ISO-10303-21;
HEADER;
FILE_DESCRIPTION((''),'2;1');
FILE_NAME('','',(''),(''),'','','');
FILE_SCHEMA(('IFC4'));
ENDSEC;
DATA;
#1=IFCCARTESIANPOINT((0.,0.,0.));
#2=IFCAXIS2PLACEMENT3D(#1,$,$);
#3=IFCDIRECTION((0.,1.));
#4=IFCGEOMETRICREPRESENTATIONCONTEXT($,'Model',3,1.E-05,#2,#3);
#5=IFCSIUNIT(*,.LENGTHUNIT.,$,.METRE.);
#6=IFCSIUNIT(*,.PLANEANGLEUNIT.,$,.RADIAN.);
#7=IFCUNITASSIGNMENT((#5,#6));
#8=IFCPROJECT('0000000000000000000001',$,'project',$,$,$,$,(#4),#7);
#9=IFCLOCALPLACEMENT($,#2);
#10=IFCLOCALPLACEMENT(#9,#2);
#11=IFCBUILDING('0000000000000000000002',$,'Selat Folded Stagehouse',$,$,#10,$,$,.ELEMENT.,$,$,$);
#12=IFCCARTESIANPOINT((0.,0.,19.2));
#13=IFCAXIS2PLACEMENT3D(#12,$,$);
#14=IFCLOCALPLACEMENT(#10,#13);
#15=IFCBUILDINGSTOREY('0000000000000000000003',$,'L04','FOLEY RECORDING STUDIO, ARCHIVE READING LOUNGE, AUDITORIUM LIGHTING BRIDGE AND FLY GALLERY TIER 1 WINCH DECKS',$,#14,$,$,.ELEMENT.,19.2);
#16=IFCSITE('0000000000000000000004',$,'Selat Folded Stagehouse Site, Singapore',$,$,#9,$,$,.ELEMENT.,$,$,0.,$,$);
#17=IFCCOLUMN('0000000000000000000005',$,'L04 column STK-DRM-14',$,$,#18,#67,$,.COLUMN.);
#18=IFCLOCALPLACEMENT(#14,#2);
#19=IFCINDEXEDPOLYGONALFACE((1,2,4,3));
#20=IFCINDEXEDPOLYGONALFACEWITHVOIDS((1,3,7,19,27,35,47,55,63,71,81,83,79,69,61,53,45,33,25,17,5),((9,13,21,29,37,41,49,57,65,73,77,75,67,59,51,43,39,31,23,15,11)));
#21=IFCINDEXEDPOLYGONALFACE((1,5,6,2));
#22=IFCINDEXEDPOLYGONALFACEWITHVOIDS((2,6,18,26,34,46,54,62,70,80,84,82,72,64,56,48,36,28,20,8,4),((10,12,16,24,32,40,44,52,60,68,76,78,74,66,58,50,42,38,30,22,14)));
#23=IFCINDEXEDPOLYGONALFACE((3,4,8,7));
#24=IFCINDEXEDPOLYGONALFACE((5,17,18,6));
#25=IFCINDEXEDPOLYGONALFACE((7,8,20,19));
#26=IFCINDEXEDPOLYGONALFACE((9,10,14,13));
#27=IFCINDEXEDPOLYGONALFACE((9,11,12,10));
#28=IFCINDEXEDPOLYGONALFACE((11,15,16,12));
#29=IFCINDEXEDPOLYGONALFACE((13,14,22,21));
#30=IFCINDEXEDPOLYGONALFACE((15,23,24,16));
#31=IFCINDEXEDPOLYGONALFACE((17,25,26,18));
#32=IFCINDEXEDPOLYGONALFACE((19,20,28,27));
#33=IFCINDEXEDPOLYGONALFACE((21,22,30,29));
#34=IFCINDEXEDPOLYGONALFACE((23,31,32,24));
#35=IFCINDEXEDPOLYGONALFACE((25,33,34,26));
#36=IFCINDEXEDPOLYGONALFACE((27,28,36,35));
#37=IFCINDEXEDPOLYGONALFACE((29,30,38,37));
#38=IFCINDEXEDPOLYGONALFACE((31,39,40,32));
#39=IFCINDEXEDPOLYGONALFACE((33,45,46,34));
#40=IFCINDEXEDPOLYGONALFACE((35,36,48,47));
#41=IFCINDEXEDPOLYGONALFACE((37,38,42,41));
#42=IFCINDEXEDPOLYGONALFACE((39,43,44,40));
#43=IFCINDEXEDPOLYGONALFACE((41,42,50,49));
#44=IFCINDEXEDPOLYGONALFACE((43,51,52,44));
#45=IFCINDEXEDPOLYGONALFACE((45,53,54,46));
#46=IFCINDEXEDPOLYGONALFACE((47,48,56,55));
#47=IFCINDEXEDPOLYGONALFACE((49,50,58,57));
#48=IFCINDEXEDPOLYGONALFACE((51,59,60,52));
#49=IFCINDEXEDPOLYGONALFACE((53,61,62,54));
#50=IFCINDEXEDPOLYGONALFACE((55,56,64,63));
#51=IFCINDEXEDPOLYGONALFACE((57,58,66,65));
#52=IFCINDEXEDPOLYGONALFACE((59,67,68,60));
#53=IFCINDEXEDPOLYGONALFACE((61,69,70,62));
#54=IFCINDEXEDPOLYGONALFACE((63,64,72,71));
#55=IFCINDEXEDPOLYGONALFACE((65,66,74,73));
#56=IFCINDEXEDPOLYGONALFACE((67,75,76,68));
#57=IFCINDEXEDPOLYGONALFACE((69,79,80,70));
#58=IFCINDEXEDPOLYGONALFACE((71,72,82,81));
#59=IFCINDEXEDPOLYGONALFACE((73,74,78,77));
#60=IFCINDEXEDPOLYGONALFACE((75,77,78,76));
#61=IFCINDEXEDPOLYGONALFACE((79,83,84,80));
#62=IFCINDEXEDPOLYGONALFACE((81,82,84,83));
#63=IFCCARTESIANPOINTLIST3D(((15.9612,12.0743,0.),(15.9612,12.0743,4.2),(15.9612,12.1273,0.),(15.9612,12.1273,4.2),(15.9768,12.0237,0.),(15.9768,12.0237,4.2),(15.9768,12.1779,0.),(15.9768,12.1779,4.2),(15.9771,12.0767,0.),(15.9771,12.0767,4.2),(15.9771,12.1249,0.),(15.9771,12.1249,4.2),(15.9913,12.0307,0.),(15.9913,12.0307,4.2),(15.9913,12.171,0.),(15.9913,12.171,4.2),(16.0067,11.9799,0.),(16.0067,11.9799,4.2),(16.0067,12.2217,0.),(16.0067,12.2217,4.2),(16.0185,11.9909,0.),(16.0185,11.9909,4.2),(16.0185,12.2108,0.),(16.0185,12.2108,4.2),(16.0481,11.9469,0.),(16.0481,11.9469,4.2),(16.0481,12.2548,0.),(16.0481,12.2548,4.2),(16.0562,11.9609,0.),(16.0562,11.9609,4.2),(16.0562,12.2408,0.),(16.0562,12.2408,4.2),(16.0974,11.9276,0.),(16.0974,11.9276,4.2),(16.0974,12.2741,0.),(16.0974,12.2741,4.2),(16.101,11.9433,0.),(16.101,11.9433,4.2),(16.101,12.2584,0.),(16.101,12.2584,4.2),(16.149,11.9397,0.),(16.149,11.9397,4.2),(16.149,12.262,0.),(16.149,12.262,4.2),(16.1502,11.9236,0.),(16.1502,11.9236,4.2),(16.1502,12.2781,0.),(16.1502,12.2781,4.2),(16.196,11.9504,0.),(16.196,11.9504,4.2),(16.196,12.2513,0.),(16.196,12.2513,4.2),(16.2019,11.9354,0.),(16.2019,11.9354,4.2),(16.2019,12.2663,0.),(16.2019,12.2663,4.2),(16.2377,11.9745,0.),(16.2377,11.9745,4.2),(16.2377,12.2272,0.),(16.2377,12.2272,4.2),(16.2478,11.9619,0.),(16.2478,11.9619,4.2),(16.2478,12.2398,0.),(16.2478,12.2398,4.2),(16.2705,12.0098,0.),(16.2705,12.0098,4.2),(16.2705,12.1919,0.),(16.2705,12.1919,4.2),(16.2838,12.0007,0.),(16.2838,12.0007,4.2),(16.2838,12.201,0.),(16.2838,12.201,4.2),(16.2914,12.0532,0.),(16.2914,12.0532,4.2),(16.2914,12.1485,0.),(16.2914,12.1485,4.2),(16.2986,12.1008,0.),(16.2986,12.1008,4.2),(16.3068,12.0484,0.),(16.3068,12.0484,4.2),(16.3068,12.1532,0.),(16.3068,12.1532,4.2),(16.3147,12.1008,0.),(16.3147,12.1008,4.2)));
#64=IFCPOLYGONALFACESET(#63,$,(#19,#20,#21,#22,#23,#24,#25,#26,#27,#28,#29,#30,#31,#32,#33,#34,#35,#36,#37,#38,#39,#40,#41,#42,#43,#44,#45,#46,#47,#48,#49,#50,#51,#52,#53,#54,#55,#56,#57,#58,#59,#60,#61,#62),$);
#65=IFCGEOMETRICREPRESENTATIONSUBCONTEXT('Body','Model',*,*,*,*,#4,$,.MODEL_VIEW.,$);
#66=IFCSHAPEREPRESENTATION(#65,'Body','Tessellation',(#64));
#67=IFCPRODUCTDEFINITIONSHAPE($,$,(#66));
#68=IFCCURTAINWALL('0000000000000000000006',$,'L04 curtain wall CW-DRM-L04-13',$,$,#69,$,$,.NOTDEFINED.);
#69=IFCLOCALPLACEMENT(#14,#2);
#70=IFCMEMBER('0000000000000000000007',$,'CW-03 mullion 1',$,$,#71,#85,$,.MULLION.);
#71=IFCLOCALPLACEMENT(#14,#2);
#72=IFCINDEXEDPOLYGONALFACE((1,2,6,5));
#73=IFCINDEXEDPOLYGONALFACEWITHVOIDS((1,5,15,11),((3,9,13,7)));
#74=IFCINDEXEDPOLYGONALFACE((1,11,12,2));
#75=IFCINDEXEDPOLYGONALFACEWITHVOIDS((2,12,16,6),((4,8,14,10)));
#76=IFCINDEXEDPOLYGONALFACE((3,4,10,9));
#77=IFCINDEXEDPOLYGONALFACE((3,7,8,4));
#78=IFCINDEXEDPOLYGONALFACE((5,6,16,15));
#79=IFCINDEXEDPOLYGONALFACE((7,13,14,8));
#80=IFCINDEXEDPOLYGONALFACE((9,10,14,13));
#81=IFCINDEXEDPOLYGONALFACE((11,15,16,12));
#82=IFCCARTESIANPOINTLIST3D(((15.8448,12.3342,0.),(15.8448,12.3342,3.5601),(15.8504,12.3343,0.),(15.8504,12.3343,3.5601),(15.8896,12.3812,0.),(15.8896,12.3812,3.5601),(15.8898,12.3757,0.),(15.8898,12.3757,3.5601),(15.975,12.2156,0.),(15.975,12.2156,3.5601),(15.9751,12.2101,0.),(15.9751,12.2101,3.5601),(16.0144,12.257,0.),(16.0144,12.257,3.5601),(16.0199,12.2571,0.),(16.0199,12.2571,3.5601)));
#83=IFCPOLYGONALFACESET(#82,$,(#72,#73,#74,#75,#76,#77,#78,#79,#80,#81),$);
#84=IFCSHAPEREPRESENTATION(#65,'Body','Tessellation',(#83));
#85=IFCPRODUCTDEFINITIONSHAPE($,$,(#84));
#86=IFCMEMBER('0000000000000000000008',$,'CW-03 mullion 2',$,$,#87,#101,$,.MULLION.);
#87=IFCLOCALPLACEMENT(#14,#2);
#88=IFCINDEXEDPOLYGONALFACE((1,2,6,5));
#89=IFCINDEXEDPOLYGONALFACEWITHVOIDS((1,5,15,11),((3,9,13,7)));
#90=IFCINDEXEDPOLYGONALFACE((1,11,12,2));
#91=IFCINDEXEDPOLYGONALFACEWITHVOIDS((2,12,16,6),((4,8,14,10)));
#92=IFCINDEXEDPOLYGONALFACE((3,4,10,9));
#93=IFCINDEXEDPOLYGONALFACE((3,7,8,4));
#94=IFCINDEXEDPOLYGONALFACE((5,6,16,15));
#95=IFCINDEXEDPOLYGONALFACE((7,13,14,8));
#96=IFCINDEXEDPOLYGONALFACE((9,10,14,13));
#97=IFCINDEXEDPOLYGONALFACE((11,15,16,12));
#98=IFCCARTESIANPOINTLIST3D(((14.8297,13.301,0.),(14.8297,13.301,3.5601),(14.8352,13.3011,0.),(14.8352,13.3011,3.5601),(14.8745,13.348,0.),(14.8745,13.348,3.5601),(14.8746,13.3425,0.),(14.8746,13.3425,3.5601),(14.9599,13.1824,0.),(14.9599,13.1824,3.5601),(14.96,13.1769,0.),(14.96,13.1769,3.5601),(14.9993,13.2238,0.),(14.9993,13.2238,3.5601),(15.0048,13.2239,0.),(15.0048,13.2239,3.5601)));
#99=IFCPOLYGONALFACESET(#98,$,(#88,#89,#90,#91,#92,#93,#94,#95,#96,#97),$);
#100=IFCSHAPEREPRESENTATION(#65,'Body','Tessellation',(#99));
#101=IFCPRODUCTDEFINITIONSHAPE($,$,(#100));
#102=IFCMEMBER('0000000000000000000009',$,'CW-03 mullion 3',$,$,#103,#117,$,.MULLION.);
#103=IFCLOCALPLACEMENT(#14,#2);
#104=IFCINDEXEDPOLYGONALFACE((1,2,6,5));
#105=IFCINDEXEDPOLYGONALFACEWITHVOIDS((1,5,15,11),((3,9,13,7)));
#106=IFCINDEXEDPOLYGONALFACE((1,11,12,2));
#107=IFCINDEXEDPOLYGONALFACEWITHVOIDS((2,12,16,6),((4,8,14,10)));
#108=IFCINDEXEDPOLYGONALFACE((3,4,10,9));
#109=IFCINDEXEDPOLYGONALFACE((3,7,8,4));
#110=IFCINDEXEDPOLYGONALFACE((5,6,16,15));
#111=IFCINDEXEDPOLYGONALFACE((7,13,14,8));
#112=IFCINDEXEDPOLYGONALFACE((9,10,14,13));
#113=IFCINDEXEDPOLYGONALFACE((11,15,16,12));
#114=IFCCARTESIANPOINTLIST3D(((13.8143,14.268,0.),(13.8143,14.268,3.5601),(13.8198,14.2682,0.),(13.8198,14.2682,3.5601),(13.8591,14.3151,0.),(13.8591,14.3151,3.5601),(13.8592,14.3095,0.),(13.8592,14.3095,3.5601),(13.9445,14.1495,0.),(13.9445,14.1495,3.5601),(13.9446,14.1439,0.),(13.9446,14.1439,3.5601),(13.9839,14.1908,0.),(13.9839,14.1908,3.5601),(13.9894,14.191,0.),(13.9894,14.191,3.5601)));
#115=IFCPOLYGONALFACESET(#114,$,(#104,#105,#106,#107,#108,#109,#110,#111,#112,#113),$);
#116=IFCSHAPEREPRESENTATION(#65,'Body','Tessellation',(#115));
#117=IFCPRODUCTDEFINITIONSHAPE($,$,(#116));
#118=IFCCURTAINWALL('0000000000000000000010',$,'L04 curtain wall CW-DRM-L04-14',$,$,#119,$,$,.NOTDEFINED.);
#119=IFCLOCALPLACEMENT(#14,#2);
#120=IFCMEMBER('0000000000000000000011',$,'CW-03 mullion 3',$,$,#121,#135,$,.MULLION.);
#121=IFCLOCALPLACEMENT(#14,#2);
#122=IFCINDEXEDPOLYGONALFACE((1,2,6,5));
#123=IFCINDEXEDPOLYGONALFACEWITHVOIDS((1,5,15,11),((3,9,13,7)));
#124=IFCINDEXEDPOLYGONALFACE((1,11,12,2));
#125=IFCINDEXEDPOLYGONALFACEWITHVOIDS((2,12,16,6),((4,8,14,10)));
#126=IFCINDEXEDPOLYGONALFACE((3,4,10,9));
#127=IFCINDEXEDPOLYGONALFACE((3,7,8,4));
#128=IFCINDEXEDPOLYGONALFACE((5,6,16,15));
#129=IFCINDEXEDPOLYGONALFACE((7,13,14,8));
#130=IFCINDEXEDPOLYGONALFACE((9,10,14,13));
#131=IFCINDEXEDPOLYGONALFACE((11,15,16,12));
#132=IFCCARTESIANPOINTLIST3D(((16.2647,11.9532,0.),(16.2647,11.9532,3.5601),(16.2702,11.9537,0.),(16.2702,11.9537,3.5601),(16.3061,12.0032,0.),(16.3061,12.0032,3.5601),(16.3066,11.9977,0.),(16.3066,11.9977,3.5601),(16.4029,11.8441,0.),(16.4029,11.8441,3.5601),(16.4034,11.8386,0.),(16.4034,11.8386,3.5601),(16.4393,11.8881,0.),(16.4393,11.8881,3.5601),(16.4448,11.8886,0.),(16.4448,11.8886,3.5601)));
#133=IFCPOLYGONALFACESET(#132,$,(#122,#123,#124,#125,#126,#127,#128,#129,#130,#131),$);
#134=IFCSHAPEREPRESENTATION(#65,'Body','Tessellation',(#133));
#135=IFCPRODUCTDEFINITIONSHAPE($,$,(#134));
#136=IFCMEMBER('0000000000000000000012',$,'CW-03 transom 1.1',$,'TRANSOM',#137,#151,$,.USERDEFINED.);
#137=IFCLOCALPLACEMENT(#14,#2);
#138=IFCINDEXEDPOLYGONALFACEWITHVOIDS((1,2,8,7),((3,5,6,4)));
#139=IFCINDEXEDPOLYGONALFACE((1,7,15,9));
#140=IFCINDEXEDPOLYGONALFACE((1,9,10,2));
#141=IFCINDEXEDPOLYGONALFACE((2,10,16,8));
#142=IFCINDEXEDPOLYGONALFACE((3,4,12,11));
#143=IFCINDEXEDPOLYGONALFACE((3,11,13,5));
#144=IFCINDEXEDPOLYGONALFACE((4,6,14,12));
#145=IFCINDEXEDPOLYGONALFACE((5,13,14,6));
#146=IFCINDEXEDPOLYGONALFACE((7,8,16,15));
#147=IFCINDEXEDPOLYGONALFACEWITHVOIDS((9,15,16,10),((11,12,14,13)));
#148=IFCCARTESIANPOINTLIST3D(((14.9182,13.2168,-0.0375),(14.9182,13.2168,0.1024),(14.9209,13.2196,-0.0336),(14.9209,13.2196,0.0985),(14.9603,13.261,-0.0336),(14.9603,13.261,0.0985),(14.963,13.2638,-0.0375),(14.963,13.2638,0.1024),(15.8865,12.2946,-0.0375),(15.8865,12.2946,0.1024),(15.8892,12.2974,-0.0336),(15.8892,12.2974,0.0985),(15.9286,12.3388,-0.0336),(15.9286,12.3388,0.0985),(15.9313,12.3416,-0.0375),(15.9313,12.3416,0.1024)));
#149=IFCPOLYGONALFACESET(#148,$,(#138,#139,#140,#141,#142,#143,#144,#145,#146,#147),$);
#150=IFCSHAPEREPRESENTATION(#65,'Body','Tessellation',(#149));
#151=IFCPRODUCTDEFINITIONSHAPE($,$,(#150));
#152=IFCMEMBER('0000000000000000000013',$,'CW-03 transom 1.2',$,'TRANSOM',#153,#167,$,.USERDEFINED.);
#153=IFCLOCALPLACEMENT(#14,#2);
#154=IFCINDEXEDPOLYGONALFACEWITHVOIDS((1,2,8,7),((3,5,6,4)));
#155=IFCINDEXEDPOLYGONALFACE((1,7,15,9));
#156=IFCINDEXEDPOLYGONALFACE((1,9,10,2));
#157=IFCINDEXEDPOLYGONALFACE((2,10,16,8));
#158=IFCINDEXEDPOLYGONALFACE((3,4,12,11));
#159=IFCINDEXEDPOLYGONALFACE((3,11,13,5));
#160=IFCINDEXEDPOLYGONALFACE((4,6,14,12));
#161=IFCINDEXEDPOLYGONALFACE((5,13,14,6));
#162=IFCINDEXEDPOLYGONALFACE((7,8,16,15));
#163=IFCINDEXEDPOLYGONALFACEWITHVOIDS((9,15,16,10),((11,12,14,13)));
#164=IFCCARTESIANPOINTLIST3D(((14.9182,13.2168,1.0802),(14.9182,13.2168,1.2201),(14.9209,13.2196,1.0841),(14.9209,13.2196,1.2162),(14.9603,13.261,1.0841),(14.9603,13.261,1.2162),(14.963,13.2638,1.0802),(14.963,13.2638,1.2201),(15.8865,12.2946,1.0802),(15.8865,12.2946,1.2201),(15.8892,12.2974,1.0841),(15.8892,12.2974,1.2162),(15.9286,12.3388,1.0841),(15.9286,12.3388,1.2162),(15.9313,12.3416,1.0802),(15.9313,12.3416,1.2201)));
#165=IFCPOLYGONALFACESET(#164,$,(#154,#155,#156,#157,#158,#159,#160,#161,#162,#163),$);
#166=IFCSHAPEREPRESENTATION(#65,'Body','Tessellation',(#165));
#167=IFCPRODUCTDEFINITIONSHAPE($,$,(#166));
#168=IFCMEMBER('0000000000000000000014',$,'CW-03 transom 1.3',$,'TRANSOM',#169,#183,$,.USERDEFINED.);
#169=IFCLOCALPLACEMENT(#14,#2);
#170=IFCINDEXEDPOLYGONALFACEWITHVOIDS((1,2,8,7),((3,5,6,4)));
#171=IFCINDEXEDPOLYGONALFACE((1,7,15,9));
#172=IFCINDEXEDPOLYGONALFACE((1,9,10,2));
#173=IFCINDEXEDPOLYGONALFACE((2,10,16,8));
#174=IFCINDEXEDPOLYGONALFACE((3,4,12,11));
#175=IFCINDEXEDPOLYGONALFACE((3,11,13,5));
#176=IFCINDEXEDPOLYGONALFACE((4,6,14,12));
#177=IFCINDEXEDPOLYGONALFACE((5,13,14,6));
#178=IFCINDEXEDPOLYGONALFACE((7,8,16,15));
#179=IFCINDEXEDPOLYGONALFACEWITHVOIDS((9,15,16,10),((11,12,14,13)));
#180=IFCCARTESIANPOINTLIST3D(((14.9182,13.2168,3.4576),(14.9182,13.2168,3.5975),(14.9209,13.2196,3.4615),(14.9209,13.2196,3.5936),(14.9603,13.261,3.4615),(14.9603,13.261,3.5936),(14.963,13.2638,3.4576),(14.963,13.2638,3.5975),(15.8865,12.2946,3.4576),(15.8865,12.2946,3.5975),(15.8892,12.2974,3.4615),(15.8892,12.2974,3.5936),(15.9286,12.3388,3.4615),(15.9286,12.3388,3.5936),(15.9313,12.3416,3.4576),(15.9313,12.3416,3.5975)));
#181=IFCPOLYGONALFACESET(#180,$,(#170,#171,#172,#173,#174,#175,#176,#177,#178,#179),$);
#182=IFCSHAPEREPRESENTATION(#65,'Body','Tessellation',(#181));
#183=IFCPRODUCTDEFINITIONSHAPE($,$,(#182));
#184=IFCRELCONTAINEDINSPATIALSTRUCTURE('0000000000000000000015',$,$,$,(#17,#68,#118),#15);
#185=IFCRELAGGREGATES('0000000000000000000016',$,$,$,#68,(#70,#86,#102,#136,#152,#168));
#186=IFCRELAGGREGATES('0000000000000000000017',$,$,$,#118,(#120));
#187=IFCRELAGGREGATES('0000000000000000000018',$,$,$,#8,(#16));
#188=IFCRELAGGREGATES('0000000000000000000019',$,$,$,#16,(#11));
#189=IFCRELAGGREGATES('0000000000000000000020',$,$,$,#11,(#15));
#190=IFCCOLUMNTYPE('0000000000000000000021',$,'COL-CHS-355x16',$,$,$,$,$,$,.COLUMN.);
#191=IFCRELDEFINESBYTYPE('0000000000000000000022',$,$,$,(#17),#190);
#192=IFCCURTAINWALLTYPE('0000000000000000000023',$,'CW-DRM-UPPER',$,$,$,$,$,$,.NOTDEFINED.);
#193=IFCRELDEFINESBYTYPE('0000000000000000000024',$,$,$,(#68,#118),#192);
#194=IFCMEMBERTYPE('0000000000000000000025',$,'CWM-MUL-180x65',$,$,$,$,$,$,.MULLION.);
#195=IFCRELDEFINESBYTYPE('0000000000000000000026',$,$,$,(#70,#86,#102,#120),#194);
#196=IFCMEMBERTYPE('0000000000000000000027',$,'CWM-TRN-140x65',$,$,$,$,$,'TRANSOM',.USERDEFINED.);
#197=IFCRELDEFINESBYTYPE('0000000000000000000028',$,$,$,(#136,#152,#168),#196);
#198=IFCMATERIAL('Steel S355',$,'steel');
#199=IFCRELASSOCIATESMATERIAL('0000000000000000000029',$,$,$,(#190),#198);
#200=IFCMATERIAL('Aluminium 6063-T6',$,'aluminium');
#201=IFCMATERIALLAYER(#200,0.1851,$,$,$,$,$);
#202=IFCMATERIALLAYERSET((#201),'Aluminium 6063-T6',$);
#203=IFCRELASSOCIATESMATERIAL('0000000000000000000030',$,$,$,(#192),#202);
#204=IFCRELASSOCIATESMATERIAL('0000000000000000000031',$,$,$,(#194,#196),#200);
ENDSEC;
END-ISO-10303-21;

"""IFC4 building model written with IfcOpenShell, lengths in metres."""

from ifc_helpers import new_model, si_unit, direction, frame, origin, origin_2d, place, context, subcontext, project, spatial, hollow_rectangle, hollow_circle, extrude, material, layer, layer_set, material_profile, profile_set, type_object, element, aggregate, save


model = new_model("IFC4")

# Units and contexts
model_context = context("Model", 3, precision=1e-05, world=origin(), true_north=direction((0.0, 1.0)))
body_context = subcontext(model_context, "Body", "Model", "MODEL_VIEW")
ifc_project = project(units=[si_unit("LENGTHUNIT", "METRE"), si_unit("PLANEANGLEUNIT", "RADIAN")], contexts=[model_context])

# Site, building, storey
site_placement = place(None, origin())
site = spatial("IfcSite", under=ifc_project, at=site_placement, Name="Selat Folded Stagehouse Site, Singapore", CompositionType="ELEMENT", RefElevation=0.0)
building_placement = place(site_placement, origin())
building = spatial("IfcBuilding", under=site, at=building_placement, Name="Selat Folded Stagehouse", CompositionType="ELEMENT")
storey_placement = place(building_placement, frame((0.0, 0.0, 19.2)))
storey = spatial("IfcBuildingStorey", under=building, at=storey_placement, Name="L04", Description="FOLEY RECORDING STUDIO, ARCHIVE READING LOUNGE, AUDITORIUM LIGHTING BRIDGE AND FLY GALLERY TIER 1 WINCH DECKS", CompositionType="ELEMENT", Elevation=19.2)

# Column
ifc_material_1 = material(Name="Steel S355", Category="steel")
ifc_material_profile_1 = material_profile(ifc_material_1, hollow_circle(Radius=0.1777, WallThickness=0.0161, at=origin_2d()), Name="CHS 355.6x16.0")
ifc_profile_set_1 = profile_set([ifc_material_profile_1], Name="Steel S355")
column_type = type_object("IfcColumnType", Name="COL-CHS-355x16", PredefinedType="COLUMN", material=ifc_profile_set_1)
column_placement = place(storey_placement, frame((16.137, 12.1008, 0.0), z_axis=(0.0, 0.0, 1.0), x_axis=(1.0, 0.0, 0.0)))
element("IfcColumn", 1, at=column_placement, inside=storey, type_object=column_type, Name="L04 column STK-DRM-14", PredefinedType="COLUMN", context=body_context, shape_type="SweptSolid", body=[
    extrude(hollow_circle(Radius=0.1777, WallThickness=0.0161, at=origin_2d()), origin(), (0.0, 0.0, 1.0), 4.2),
])

# Curtain wall, members
ifc_material_2 = material(Name="Aluminium 6063-T6", Category="aluminium")
ifc_layer_1 = layer(ifc_material_2, 0.1851)
ifc_layer_set_1 = layer_set([ifc_layer_1], Name="Aluminium 6063-T6")
curtain_wall_type = type_object("IfcCurtainWallType", Name="CW-DRM-UPPER", PredefinedType="NOTDEFINED", material=ifc_layer_set_1)
curtain_wall_1_placement = place(storey_placement, origin())
curtain_wall_1 = element("IfcCurtainWall", 2, at=curtain_wall_1_placement, inside=storey, type_object=curtain_wall_type, Name="L04 curtain wall CW-DRM-L04-13", PredefinedType="NOTDEFINED")
ifc_material_profile_2 = material_profile(ifc_material_2, hollow_rectangle(XDim=0.0649, YDim=0.1799, WallThickness=0.0039, at=origin_2d()), Name="ALU 180x65x4.0")
ifc_profile_set_2 = profile_set([ifc_material_profile_2], Name="Aluminium 6063-T6")
member_type_1 = type_object("IfcMemberType", Name="CWM-MUL-180x65", PredefinedType="MULLION", material=ifc_profile_set_2)
member_1_placement = place(storey_placement, frame((15.9324, 12.2957, 0.0), z_axis=(0.0, 0.0, 1.0), x_axis=(-0.689661, -0.724132, 0.0)))
member_1 = element("IfcMember", 3, at=member_1_placement, type_object=member_type_1, Name="CW-03 mullion 1", PredefinedType="MULLION", context=body_context, shape_type="SweptSolid", body=[
    extrude(hollow_rectangle(XDim=0.0649, YDim=0.1799, WallThickness=0.0039, at=origin_2d()), origin(), (0.0, 0.0, 1.0), 3.5601),
])
member_2_placement = place(storey_placement, frame((14.9172, 13.2625, 0.0), z_axis=(0.0, 0.0, 1.0), x_axis=(-0.689661, -0.724132, 0.0)))
member_2 = element("IfcMember", 4, at=member_2_placement, type_object=member_type_1, Name="CW-03 mullion 2", PredefinedType="MULLION", context=body_context, shape_type="SweptSolid", body=[
    extrude(hollow_rectangle(XDim=0.0649, YDim=0.1799, WallThickness=0.0039, at=origin_2d()), origin(), (0.0, 0.0, 1.0), 3.5601),
])
member_3_placement = place(storey_placement, frame((13.9019, 14.2295, 0.0), z_axis=(0.0, 0.0, 1.0), x_axis=(-0.689661, -0.724132, 0.0)))
member_3 = element("IfcMember", 5, at=member_3_placement, type_object=member_type_1, Name="CW-03 mullion 3", PredefinedType="MULLION", context=body_context, shape_type="SweptSolid", body=[
    extrude(hollow_rectangle(XDim=0.0649, YDim=0.1799, WallThickness=0.0039, at=origin_2d()), origin(), (0.0, 0.0, 1.0), 3.5601),
])

# Curtain wall, member
curtain_wall_2_placement = place(storey_placement, origin())
curtain_wall_2 = element("IfcCurtainWall", 6, at=curtain_wall_2_placement, inside=storey, type_object=curtain_wall_type, Name="L04 curtain wall CW-DRM-L04-14", PredefinedType="NOTDEFINED")
member_4_placement = place(storey_placement, frame((16.3547, 11.9209, 0.0), z_axis=(0.0, 0.0, 1.0), x_axis=(-0.637142, -0.770747, 0.0)))
member_4 = element("IfcMember", 7, at=member_4_placement, type_object=member_type_1, Name="CW-03 mullion 3", PredefinedType="MULLION", context=body_context, shape_type="SweptSolid", body=[
    extrude(hollow_rectangle(XDim=0.0649, YDim=0.1799, WallThickness=0.0039, at=origin_2d()), origin(), (0.0, 0.0, 1.0), 3.5601),
])

# Members
ifc_material_profile_3 = material_profile(ifc_material_2, hollow_rectangle(XDim=0.0649, YDim=0.1399, WallThickness=0.0039, at=origin_2d()), Name="ALU 140x65x4.0")
ifc_profile_set_3 = profile_set([ifc_material_profile_3], Name="Aluminium 6063-T6")
member_type_2 = type_object("IfcMemberType", Name="CWM-TRN-140x65", ElementType="TRANSOM", PredefinedType="USERDEFINED", material=ifc_profile_set_3)
member_5_placement = place(storey_placement, frame((15.9089, 12.3181, 0.0325), z_axis=(-0.724151, 0.689641, 0.0), x_axis=(-0.689641, -0.724151, 0.0)))
member_5 = element("IfcMember", 8, at=member_5_placement, type_object=member_type_2, Name="CW-03 transom 1.1", ObjectType="TRANSOM", PredefinedType="USERDEFINED", context=body_context, shape_type="SweptSolid", body=[
    extrude(hollow_rectangle(XDim=0.0649, YDim=0.1399, WallThickness=0.0039, at=origin_2d()), origin(), (0.0, 0.0, 1.0), 1.3372),
])
member_6_placement = place(storey_placement, frame((15.9089, 12.3181, 1.1501), z_axis=(-0.724151, 0.689641, 0.0), x_axis=(-0.689641, -0.724151, 0.0)))
member_6 = element("IfcMember", 9, at=member_6_placement, type_object=member_type_2, Name="CW-03 transom 1.2", ObjectType="TRANSOM", PredefinedType="USERDEFINED", context=body_context, shape_type="SweptSolid", body=[
    extrude(hollow_rectangle(XDim=0.0649, YDim=0.1399, WallThickness=0.0039, at=origin_2d()), origin(), (0.0, 0.0, 1.0), 1.3372),
])
member_7_placement = place(storey_placement, frame((15.9089, 12.3181, 3.5276), z_axis=(-0.724151, 0.689641, 0.0), x_axis=(-0.689641, -0.724151, 0.0)))
member_7 = element("IfcMember", 10, at=member_7_placement, type_object=member_type_2, Name="CW-03 transom 1.3", ObjectType="TRANSOM", PredefinedType="USERDEFINED", context=body_context, shape_type="SweptSolid", body=[
    extrude(hollow_rectangle(XDim=0.0649, YDim=0.1399, WallThickness=0.0039, at=origin_2d()), origin(), (0.0, 0.0, 1.0), 1.3372),
])

aggregate(curtain_wall_1, [member_1, member_2, member_3, member_5, member_6, member_7])
aggregate(curtain_wall_2, [member_4])

save(model, "model.ifc")
